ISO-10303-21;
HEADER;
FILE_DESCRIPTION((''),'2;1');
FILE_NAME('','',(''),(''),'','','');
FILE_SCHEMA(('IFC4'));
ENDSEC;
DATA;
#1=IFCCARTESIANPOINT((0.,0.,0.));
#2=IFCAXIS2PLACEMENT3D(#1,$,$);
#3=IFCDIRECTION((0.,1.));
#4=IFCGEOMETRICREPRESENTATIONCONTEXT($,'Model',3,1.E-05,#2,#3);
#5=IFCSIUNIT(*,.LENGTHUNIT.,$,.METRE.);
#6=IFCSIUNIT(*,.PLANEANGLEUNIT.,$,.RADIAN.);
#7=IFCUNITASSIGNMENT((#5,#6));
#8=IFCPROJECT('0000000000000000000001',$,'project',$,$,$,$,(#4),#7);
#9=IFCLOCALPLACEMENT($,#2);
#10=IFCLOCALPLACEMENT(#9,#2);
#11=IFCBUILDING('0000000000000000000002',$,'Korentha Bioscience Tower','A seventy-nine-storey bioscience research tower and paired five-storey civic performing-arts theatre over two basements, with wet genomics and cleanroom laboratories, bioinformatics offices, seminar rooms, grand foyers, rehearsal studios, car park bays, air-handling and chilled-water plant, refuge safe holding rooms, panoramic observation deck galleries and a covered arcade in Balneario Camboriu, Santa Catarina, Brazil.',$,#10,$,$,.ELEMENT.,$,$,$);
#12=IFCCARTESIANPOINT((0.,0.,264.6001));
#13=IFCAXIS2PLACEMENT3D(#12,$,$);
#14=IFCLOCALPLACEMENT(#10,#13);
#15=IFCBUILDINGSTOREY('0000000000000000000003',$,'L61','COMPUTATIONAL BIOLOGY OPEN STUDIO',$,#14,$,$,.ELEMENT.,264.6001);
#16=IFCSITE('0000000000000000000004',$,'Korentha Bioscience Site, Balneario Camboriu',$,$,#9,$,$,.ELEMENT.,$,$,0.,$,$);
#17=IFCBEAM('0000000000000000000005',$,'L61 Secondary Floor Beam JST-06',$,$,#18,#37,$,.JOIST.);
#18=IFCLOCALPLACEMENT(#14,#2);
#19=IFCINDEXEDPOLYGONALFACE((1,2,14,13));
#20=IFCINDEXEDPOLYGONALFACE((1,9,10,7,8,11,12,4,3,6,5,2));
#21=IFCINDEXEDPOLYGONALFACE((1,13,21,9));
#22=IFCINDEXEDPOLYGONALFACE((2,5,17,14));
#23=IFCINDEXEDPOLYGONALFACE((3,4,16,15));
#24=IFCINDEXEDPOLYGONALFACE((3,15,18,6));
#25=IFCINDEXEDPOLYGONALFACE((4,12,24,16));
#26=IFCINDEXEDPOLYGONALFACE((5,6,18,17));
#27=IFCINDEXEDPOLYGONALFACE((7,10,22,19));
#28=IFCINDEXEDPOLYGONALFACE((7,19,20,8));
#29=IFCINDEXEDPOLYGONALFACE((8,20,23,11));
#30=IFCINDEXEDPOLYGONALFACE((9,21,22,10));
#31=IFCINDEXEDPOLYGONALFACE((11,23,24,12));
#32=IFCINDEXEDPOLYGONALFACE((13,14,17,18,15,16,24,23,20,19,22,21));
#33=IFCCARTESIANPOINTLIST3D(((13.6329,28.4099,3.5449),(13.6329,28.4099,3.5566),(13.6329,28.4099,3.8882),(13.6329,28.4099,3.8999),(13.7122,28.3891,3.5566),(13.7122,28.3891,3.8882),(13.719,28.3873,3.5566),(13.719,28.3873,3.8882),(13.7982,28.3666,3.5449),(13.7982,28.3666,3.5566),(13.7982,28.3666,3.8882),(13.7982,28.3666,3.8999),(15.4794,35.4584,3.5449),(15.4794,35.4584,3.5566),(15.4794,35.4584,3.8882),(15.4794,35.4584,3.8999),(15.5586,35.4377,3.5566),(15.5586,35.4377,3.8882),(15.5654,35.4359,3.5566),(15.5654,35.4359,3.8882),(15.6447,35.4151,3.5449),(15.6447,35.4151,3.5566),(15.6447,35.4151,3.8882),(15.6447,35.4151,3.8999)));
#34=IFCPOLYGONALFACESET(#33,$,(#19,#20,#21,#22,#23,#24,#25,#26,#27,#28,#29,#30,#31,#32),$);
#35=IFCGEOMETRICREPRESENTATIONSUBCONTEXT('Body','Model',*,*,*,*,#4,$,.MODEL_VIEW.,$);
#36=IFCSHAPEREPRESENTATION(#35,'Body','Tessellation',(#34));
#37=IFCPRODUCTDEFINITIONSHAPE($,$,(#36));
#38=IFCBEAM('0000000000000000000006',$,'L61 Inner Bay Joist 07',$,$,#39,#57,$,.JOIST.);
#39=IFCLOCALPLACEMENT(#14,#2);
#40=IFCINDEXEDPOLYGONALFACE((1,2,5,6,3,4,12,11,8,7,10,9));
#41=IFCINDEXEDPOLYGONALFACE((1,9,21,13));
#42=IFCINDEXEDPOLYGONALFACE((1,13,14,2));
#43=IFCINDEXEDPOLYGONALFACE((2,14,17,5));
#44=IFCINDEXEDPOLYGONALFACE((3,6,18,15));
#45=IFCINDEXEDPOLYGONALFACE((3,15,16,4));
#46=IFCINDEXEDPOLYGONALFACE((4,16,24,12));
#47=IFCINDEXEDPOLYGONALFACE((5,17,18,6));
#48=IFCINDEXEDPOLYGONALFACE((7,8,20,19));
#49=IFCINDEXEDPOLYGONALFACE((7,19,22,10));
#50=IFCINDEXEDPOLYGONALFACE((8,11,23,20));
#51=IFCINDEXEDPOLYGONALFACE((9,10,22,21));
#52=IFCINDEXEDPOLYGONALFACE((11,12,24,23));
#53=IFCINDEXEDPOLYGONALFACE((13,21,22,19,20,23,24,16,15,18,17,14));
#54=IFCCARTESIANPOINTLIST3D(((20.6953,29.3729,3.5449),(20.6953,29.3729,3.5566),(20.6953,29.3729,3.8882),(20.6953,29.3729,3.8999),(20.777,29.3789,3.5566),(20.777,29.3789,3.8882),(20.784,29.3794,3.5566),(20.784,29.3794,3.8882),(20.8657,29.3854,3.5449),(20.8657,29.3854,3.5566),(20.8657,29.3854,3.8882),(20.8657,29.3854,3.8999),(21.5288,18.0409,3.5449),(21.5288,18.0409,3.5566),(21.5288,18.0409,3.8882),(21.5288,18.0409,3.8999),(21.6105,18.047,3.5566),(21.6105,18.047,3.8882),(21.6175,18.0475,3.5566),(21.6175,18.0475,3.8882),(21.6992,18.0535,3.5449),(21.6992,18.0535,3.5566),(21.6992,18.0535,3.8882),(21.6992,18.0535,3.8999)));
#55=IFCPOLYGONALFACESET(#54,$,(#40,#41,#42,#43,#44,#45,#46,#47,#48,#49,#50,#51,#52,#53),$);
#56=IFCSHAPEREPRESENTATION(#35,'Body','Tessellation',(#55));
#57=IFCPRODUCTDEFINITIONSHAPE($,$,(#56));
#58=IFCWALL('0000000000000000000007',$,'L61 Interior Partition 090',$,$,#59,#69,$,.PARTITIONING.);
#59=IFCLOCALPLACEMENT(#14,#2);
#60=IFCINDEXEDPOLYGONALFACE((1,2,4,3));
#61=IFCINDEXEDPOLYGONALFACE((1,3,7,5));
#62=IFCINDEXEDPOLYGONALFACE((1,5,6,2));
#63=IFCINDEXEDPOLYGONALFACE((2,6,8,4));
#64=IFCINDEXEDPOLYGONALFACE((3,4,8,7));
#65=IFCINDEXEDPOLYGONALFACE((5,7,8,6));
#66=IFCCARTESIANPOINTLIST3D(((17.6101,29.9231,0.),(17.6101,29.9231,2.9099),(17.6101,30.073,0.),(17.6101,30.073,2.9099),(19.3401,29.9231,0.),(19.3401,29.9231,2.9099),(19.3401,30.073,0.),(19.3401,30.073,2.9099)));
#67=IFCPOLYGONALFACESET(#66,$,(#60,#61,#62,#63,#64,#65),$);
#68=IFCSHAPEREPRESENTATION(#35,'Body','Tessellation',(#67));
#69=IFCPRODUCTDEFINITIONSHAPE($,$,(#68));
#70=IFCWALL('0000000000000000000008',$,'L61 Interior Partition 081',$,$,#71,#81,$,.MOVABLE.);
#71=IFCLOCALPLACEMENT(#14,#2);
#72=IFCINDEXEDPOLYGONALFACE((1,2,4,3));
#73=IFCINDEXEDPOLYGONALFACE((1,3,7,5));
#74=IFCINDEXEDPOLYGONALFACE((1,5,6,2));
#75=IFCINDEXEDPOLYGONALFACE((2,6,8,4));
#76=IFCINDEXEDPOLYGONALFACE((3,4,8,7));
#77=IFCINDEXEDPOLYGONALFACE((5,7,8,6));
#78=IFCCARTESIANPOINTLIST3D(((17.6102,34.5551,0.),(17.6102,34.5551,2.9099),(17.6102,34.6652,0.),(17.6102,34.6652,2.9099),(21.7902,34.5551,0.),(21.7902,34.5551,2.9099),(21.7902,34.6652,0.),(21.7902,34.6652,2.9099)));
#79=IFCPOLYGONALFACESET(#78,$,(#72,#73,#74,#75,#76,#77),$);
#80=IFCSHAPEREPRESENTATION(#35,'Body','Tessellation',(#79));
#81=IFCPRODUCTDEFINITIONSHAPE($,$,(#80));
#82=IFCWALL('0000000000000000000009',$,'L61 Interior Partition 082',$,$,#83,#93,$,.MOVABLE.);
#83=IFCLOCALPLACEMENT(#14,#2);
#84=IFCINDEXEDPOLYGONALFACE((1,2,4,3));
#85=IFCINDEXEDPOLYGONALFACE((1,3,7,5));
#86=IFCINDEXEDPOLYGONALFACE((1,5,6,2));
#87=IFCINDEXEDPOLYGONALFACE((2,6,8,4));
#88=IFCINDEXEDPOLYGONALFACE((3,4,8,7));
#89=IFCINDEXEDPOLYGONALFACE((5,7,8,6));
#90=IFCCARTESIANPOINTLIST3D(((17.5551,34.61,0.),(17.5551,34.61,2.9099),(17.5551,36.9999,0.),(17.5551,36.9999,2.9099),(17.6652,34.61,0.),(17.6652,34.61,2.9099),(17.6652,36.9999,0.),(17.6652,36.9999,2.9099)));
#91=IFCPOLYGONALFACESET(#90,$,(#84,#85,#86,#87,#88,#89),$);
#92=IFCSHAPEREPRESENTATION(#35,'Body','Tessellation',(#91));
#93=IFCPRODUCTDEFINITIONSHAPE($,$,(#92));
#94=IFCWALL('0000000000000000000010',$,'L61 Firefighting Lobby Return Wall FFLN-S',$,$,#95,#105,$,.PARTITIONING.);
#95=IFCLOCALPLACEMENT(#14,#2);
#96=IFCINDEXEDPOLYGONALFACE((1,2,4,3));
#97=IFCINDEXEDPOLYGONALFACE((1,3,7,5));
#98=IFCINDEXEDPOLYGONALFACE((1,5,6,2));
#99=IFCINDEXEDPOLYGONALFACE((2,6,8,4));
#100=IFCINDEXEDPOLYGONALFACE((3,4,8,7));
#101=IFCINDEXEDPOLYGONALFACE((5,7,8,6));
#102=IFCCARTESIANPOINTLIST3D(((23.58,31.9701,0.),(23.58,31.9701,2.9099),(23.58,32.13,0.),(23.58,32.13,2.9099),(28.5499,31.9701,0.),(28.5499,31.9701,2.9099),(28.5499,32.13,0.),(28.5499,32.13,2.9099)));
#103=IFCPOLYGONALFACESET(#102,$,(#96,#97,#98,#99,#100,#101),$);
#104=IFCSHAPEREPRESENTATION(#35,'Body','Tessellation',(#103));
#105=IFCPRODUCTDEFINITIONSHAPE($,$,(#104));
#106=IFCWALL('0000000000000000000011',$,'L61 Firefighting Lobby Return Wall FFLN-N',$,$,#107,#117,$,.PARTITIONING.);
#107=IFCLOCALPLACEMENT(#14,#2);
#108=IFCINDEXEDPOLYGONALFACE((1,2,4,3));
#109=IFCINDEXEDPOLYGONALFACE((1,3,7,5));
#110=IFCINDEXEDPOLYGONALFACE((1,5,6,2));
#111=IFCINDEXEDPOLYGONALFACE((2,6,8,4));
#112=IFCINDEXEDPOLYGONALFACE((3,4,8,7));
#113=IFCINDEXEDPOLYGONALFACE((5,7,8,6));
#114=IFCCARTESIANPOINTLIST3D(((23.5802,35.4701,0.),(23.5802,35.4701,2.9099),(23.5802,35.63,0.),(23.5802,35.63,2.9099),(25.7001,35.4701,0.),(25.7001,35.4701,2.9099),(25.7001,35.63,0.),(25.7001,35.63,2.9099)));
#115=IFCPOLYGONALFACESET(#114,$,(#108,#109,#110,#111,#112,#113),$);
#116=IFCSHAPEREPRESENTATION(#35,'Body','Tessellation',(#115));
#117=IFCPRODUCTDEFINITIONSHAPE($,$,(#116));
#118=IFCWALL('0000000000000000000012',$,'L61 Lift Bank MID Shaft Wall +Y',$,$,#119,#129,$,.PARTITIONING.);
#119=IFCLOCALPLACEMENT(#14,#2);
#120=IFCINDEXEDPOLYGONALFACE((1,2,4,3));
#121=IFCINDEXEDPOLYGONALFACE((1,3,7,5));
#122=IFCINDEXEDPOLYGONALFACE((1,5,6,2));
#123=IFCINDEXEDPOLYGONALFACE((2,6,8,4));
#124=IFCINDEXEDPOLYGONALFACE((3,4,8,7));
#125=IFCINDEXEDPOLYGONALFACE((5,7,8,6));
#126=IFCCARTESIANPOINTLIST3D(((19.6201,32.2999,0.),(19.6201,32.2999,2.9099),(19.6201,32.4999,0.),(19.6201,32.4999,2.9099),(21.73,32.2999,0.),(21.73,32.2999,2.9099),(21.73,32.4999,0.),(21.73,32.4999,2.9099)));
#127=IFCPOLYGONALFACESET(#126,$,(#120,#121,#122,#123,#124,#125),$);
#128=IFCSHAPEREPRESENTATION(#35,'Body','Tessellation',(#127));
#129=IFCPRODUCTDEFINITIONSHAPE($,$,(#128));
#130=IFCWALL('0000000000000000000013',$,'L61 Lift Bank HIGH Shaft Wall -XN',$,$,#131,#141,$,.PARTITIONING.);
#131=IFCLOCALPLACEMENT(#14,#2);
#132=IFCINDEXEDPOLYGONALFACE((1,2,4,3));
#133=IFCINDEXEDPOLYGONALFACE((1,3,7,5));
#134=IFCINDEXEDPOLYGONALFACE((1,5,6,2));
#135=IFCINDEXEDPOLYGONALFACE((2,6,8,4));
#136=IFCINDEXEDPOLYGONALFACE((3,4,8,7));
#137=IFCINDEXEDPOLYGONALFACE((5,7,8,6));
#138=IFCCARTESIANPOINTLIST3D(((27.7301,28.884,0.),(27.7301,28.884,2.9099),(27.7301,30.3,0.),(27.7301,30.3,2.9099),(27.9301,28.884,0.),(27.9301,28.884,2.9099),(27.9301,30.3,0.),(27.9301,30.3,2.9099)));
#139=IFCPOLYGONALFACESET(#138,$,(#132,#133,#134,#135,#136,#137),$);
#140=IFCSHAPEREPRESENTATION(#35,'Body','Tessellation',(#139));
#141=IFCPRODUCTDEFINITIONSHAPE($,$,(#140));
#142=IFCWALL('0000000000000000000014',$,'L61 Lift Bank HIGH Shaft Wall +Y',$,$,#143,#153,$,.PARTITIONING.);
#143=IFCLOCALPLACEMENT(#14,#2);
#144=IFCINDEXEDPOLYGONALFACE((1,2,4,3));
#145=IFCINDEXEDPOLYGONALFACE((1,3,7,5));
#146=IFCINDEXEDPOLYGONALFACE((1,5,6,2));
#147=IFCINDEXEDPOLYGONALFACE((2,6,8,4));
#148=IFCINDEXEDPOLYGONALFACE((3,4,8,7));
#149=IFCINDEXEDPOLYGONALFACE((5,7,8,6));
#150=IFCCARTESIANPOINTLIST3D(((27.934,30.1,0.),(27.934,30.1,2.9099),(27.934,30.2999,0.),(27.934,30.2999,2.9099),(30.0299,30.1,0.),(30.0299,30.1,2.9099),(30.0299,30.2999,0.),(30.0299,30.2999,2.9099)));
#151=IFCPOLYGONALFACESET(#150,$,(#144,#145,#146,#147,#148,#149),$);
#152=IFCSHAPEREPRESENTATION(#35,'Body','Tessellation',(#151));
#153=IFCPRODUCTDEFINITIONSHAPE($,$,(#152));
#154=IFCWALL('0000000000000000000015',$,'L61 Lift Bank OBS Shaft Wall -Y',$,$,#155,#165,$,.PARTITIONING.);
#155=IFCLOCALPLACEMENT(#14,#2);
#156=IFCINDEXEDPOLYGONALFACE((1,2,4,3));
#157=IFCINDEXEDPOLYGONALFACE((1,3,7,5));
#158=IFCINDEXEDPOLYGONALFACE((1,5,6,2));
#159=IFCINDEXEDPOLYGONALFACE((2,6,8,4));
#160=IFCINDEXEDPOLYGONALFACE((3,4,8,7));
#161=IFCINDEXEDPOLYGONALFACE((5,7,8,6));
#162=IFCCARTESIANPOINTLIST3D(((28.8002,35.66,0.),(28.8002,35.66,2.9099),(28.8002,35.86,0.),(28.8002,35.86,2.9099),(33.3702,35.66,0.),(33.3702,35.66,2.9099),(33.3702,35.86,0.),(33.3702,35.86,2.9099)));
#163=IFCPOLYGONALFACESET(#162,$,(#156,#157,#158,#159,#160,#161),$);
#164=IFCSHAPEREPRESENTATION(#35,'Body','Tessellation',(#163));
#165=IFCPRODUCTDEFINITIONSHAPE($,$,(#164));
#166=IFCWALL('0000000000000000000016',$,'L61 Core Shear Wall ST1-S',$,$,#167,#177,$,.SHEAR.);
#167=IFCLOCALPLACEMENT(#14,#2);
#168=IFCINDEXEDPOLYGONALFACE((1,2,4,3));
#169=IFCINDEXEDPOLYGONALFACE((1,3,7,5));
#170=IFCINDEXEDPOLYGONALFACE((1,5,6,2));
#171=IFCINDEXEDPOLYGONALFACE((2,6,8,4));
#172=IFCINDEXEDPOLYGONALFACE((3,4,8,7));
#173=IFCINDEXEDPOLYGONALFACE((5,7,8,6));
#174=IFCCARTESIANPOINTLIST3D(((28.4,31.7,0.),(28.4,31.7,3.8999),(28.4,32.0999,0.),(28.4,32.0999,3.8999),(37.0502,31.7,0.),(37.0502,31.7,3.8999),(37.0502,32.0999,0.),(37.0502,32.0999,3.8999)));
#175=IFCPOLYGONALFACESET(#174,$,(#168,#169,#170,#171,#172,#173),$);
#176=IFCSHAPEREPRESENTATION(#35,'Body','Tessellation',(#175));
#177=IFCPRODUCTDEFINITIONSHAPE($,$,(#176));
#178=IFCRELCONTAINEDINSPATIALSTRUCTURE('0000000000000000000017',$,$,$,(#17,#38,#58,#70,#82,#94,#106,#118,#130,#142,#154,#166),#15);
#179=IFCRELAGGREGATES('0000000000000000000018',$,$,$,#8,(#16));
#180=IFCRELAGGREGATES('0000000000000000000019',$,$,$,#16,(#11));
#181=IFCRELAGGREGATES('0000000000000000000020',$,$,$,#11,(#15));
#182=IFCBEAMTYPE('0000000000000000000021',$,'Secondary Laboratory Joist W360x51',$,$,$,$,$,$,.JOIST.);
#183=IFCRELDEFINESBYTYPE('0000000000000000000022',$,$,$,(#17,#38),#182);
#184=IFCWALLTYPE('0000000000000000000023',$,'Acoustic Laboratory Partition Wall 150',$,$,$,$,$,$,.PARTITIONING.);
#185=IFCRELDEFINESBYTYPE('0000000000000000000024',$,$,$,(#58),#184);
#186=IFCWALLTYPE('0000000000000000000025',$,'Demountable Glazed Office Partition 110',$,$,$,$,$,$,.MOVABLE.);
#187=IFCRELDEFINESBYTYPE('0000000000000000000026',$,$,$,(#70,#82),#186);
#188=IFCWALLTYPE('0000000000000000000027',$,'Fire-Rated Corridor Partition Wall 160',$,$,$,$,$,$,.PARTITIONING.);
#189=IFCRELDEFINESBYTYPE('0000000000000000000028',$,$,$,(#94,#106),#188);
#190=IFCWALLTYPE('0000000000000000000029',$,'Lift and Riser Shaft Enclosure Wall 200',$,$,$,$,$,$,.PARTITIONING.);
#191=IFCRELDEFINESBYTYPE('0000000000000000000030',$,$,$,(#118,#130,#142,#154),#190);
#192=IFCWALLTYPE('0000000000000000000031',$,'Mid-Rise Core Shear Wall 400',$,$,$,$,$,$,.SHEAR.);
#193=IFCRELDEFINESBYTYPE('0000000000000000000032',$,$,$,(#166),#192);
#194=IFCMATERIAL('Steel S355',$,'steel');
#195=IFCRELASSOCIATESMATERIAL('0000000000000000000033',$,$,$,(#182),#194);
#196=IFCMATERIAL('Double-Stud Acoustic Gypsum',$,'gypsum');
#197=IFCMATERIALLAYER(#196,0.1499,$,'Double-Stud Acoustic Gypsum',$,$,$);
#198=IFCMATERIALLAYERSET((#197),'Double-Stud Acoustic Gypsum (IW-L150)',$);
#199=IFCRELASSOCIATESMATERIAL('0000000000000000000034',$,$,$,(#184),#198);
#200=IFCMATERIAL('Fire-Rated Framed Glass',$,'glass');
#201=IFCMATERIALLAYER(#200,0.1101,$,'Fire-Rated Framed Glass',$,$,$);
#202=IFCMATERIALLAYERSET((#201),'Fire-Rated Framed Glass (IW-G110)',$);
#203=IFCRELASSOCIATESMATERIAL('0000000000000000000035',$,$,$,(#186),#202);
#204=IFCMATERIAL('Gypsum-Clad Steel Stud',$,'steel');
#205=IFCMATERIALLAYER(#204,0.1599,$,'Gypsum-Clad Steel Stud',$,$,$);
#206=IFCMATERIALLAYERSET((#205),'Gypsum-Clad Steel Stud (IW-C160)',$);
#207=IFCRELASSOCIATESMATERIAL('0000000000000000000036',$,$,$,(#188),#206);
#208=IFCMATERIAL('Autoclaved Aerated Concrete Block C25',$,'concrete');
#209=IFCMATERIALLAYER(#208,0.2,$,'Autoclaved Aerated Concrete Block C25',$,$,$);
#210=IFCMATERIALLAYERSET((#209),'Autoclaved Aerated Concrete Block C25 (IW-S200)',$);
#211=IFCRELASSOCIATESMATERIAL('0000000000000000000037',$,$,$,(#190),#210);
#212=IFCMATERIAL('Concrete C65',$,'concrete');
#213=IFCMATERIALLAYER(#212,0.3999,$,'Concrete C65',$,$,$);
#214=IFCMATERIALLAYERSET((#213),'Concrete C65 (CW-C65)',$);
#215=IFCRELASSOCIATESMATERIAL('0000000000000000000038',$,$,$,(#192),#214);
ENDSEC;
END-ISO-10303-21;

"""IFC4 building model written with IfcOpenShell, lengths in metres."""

from ifc_helpers import new_model, si_unit, direction, frame, frame_2d, origin, origin_2d, place, context, subcontext, project, spatial, rectangle, i_section, extrude, material, layer, layer_set, material_profile, profile_set, type_object, element, save


model = new_model("IFC4")

# Units and contexts
model_context = context("Model", 3, precision=1e-05, world=origin(), true_north=direction((0.0, 1.0)))
body_context = subcontext(model_context, "Body", "Model", "MODEL_VIEW")
ifc_project = project(units=[si_unit("LENGTHUNIT", "METRE"), si_unit("PLANEANGLEUNIT", "RADIAN")], contexts=[model_context])

# Site, building, storey
site_placement = place(None, origin())
site = spatial("IfcSite", under=ifc_project, at=site_placement, Name="Korentha Bioscience Site, Balneario Camboriu", CompositionType="ELEMENT", RefElevation=0.0)
building_placement = place(site_placement, origin())
building = spatial("IfcBuilding", under=site, at=building_placement, Name="Korentha Bioscience Tower", Description="A seventy-nine-storey bioscience research tower and paired five-storey civic performing-arts theatre over two basements, with wet genomics and cleanroom laboratories, bioinformatics offices, seminar rooms, grand foyers, rehearsal studios, car park bays, air-handling and chilled-water plant, refuge safe holding rooms, panoramic observation deck galleries and a covered arcade in Balneario Camboriu, Santa Catarina, Brazil.", CompositionType="ELEMENT")
storey_placement = place(building_placement, frame((0.0, 0.0, 264.6001)))
storey = spatial("IfcBuildingStorey", under=building, at=storey_placement, Name="L61", Description="COMPUTATIONAL BIOLOGY OPEN STUDIO", CompositionType="ELEMENT", Elevation=264.6001)

# Shared definitions
ifc_material_1 = material(Name="Concrete C65", Category="concrete")

# Beams
ifc_material_2 = material(Name="Steel S355", Category="steel")
ifc_material_profile_1 = material_profile(ifc_material_2, i_section(OverallWidth=0.1709, OverallDepth=0.355, WebThickness=0.0071, FlangeThickness=0.0117, at=origin_2d()), Name="Steel S355")
ifc_profile_set_1 = profile_set([ifc_material_profile_1], Name="Steel S355 (JB-360)")
beam_type_1 = type_object("IfcBeamType", Name="Secondary Laboratory Joist W360x51", PredefinedType="JOIST", material=ifc_profile_set_1)
beam_1_placement = place(storey_placement, frame((15.562, 35.4368, 3.7224), z_axis=(-0.253408, -0.96736, 0.0), x_axis=(0.96736, -0.253408, 0.0)))
element("IfcBeam", 1, at=beam_1_placement, inside=storey, type_object=beam_type_1, Name="L61 Secondary Floor Beam JST-06", PredefinedType="JOIST", context=body_context, shape_type="SweptSolid", body=[
    extrude(i_section(OverallWidth=0.1709, OverallDepth=0.355, WebThickness=0.0071, FlangeThickness=0.0117, at=origin_2d()), origin(), (0.0, 0.0, 1.0), 7.2864),
])
beam_2_placement = place(storey_placement, frame((20.7805, 29.3792, 3.7224), z_axis=(0.073354, -0.997306, 0.0), x_axis=(0.997306, 0.073354, 0.0)))
element("IfcBeam", 2, at=beam_2_placement, inside=storey, type_object=beam_type_1, Name="L61 Inner Bay Joist 07", PredefinedType="JOIST", context=body_context, shape_type="SweptSolid", body=[
    extrude(i_section(OverallWidth=0.1709, OverallDepth=0.355, WebThickness=0.0071, FlangeThickness=0.0117, at=origin_2d()), origin(), (0.0, 0.0, 1.0), 11.3625),
])

# Walls
ifc_material_3 = material(Name="Double-Stud Acoustic Gypsum", Category="gypsum")
ifc_layer_1 = layer(ifc_material_3, 0.1499, Name="Double-Stud Acoustic Gypsum")
ifc_layer_set_1 = layer_set([ifc_layer_1], Name="Double-Stud Acoustic Gypsum (IW-L150)")
wall_type_1 = type_object("IfcWallType", Name="Acoustic Laboratory Partition Wall 150", PredefinedType="PARTITIONING", material=ifc_layer_set_1)
wall_1_placement = place(storey_placement, frame((17.6101, 29.998, 0.0), z_axis=(0.0, 0.0, 1.0), x_axis=(1.0, 0.0, 0.0)))
element("IfcWall", 3, at=wall_1_placement, inside=storey, type_object=wall_type_1, Name="L61 Interior Partition 090", PredefinedType="PARTITIONING", context=body_context, shape_type="SweptSolid", body=[
    extrude(rectangle(XDim=1.73, YDim=0.1499, at=frame_2d((0.865, 0.0))), origin(), (0.0, 0.0, 1.0), 2.9099),
])
ifc_material_4 = material(Name="Fire-Rated Framed Glass", Category="glass")
ifc_layer_2 = layer(ifc_material_4, 0.1101, Name="Fire-Rated Framed Glass")
ifc_layer_set_2 = layer_set([ifc_layer_2], Name="Fire-Rated Framed Glass (IW-G110)")
wall_type_2 = type_object("IfcWallType", Name="Demountable Glazed Office Partition 110", PredefinedType="MOVABLE", material=ifc_layer_set_2)
wall_2_placement = place(storey_placement, frame((21.79, 34.6101, 0.0), z_axis=(0.0, 0.0, 1.0), x_axis=(-1.0, 0.0, 0.0)))
element("IfcWall", 4, at=wall_2_placement, inside=storey, type_object=wall_type_2, Name="L61 Interior Partition 081", PredefinedType="MOVABLE", context=body_context, shape_type="SweptSolid", body=[
    extrude(rectangle(XDim=4.1799, YDim=0.1101, at=frame_2d((2.0898, 0.0))), origin(), (0.0, 0.0, 1.0), 2.9099),
])
wall_3_placement = place(storey_placement, frame((17.6101, 34.6101, 0.0), z_axis=(0.0, 0.0, 1.0), x_axis=(0.0, 1.0, 0.0)))
element("IfcWall", 5, at=wall_3_placement, inside=storey, type_object=wall_type_2, Name="L61 Interior Partition 082", PredefinedType="MOVABLE", context=body_context, shape_type="SweptSolid", body=[
    extrude(rectangle(XDim=2.3899, YDim=0.1101, at=frame_2d((1.1948, 0.0))), origin(), (0.0, 0.0, 1.0), 2.9099),
])

# Shared definitions
ifc_material_5 = material(Name="Gypsum-Clad Steel Stud", Category="steel")
ifc_layer_3 = layer(ifc_material_5, 0.1599, Name="Gypsum-Clad Steel Stud")
ifc_layer_set_3 = layer_set([ifc_layer_3], Name="Gypsum-Clad Steel Stud (IW-C160)")
wall_type_3 = type_object("IfcWallType", Name="Fire-Rated Corridor Partition Wall 160", PredefinedType="PARTITIONING", material=ifc_layer_set_3)

# Walls
wall_4_placement = place(storey_placement, frame((23.5801, 32.05, 0.0), z_axis=(0.0, 0.0, 1.0), x_axis=(1.0, 0.0, 0.0)))
element("IfcWall", 6, at=wall_4_placement, inside=storey, type_object=wall_type_3, Name="L61 Firefighting Lobby Return Wall FFLN-S", PredefinedType="PARTITIONING", context=body_context, shape_type="SweptSolid", body=[
    extrude(rectangle(XDim=4.97, YDim=0.1599, at=frame_2d((2.4849, 0.0))), origin(), (0.0, 0.0, 1.0), 2.9099),
])
wall_5_placement = place(storey_placement, frame((23.5801, 35.55, 0.0), z_axis=(0.0, 0.0, 1.0), x_axis=(1.0, 0.0, 0.0)))
element("IfcWall", 7, at=wall_5_placement, inside=storey, type_object=wall_type_3, Name="L61 Firefighting Lobby Return Wall FFLN-N", PredefinedType="PARTITIONING", context=body_context, shape_type="SweptSolid", body=[
    extrude(rectangle(XDim=2.1199, YDim=0.1599, at=frame_2d((1.0601, 0.0))), origin(), (0.0, 0.0, 1.0), 2.9099),
])
ifc_material_6 = material(Name="Autoclaved Aerated Concrete Block C25", Category="concrete")
ifc_layer_4 = layer(ifc_material_6, 0.2, Name="Autoclaved Aerated Concrete Block C25")
ifc_layer_set_4 = layer_set([ifc_layer_4], Name="Autoclaved Aerated Concrete Block C25 (IW-S200)")
wall_type_4 = type_object("IfcWallType", Name="Lift and Riser Shaft Enclosure Wall 200", PredefinedType="PARTITIONING", material=ifc_layer_set_4)
wall_6_placement = place(storey_placement, frame((19.6201, 32.3999, 0.0), z_axis=(0.0, 0.0, 1.0), x_axis=(1.0, 0.0, 0.0)))
element("IfcWall", 8, at=wall_6_placement, inside=storey, type_object=wall_type_4, Name="L61 Lift Bank MID Shaft Wall +Y", PredefinedType="PARTITIONING", context=body_context, shape_type="SweptSolid", body=[
    extrude(rectangle(XDim=2.1099, YDim=0.2, at=frame_2d((1.0549, 0.0))), origin(), (0.0, 0.0, 1.0), 2.9099),
])
wall_7_placement = place(storey_placement, frame((27.8301, 28.884, 0.0), z_axis=(0.0, 0.0, 1.0), x_axis=(0.0, 1.0, 0.0)))
element("IfcWall", 9, at=wall_7_placement, inside=storey, type_object=wall_type_4, Name="L61 Lift Bank HIGH Shaft Wall -XN", PredefinedType="PARTITIONING", context=body_context, shape_type="SweptSolid", body=[
    extrude(rectangle(XDim=1.416, YDim=0.2, at=frame_2d((0.708, 0.0))), origin(), (0.0, 0.0, 1.0), 2.9099),
])
wall_8_placement = place(storey_placement, frame((27.9341, 30.2, 0.0), z_axis=(0.0, 0.0, 1.0), x_axis=(1.0, 0.0, 0.0)))
element("IfcWall", 10, at=wall_8_placement, inside=storey, type_object=wall_type_4, Name="L61 Lift Bank HIGH Shaft Wall +Y", PredefinedType="PARTITIONING", context=body_context, shape_type="SweptSolid", body=[
    extrude(rectangle(XDim=2.0959, YDim=0.2, at=frame_2d((1.0479, 0.0))), origin(), (0.0, 0.0, 1.0), 2.9099),
])
wall_9_placement = place(storey_placement, frame((28.8, 35.76, 0.0), z_axis=(0.0, 0.0, 1.0), x_axis=(1.0, 0.0, 0.0)))
element("IfcWall", 11, at=wall_9_placement, inside=storey, type_object=wall_type_4, Name="L61 Lift Bank OBS Shaft Wall -Y", PredefinedType="PARTITIONING", context=body_context, shape_type="SweptSolid", body=[
    extrude(rectangle(XDim=4.5701, YDim=0.2, at=frame_2d((2.2852, 0.0))), origin(), (0.0, 0.0, 1.0), 2.9099),
])
ifc_layer_5 = layer(ifc_material_1, 0.3999, Name="Concrete C65")
ifc_layer_set_5 = layer_set([ifc_layer_5], Name="Concrete C65 (CW-C65)")
wall_type_5 = type_object("IfcWallType", Name="Mid-Rise Core Shear Wall 400", PredefinedType="SHEAR", material=ifc_layer_set_5)
wall_10_placement = place(storey_placement, frame((28.3999, 31.8999, 0.0), z_axis=(0.0, 0.0, 1.0), x_axis=(1.0, 0.0, 0.0)))
element("IfcWall", 12, at=wall_10_placement, inside=storey, type_object=wall_type_5, Name="L61 Core Shear Wall ST1-S", PredefinedType="SHEAR", context=body_context, shape_type="SweptSolid", body=[
    extrude(rectangle(XDim=8.6501, YDim=0.3999, at=frame_2d((4.3252, 0.0))), origin(), (0.0, 0.0, 1.0), 3.8999),
])

save(model, "model.ifc")
